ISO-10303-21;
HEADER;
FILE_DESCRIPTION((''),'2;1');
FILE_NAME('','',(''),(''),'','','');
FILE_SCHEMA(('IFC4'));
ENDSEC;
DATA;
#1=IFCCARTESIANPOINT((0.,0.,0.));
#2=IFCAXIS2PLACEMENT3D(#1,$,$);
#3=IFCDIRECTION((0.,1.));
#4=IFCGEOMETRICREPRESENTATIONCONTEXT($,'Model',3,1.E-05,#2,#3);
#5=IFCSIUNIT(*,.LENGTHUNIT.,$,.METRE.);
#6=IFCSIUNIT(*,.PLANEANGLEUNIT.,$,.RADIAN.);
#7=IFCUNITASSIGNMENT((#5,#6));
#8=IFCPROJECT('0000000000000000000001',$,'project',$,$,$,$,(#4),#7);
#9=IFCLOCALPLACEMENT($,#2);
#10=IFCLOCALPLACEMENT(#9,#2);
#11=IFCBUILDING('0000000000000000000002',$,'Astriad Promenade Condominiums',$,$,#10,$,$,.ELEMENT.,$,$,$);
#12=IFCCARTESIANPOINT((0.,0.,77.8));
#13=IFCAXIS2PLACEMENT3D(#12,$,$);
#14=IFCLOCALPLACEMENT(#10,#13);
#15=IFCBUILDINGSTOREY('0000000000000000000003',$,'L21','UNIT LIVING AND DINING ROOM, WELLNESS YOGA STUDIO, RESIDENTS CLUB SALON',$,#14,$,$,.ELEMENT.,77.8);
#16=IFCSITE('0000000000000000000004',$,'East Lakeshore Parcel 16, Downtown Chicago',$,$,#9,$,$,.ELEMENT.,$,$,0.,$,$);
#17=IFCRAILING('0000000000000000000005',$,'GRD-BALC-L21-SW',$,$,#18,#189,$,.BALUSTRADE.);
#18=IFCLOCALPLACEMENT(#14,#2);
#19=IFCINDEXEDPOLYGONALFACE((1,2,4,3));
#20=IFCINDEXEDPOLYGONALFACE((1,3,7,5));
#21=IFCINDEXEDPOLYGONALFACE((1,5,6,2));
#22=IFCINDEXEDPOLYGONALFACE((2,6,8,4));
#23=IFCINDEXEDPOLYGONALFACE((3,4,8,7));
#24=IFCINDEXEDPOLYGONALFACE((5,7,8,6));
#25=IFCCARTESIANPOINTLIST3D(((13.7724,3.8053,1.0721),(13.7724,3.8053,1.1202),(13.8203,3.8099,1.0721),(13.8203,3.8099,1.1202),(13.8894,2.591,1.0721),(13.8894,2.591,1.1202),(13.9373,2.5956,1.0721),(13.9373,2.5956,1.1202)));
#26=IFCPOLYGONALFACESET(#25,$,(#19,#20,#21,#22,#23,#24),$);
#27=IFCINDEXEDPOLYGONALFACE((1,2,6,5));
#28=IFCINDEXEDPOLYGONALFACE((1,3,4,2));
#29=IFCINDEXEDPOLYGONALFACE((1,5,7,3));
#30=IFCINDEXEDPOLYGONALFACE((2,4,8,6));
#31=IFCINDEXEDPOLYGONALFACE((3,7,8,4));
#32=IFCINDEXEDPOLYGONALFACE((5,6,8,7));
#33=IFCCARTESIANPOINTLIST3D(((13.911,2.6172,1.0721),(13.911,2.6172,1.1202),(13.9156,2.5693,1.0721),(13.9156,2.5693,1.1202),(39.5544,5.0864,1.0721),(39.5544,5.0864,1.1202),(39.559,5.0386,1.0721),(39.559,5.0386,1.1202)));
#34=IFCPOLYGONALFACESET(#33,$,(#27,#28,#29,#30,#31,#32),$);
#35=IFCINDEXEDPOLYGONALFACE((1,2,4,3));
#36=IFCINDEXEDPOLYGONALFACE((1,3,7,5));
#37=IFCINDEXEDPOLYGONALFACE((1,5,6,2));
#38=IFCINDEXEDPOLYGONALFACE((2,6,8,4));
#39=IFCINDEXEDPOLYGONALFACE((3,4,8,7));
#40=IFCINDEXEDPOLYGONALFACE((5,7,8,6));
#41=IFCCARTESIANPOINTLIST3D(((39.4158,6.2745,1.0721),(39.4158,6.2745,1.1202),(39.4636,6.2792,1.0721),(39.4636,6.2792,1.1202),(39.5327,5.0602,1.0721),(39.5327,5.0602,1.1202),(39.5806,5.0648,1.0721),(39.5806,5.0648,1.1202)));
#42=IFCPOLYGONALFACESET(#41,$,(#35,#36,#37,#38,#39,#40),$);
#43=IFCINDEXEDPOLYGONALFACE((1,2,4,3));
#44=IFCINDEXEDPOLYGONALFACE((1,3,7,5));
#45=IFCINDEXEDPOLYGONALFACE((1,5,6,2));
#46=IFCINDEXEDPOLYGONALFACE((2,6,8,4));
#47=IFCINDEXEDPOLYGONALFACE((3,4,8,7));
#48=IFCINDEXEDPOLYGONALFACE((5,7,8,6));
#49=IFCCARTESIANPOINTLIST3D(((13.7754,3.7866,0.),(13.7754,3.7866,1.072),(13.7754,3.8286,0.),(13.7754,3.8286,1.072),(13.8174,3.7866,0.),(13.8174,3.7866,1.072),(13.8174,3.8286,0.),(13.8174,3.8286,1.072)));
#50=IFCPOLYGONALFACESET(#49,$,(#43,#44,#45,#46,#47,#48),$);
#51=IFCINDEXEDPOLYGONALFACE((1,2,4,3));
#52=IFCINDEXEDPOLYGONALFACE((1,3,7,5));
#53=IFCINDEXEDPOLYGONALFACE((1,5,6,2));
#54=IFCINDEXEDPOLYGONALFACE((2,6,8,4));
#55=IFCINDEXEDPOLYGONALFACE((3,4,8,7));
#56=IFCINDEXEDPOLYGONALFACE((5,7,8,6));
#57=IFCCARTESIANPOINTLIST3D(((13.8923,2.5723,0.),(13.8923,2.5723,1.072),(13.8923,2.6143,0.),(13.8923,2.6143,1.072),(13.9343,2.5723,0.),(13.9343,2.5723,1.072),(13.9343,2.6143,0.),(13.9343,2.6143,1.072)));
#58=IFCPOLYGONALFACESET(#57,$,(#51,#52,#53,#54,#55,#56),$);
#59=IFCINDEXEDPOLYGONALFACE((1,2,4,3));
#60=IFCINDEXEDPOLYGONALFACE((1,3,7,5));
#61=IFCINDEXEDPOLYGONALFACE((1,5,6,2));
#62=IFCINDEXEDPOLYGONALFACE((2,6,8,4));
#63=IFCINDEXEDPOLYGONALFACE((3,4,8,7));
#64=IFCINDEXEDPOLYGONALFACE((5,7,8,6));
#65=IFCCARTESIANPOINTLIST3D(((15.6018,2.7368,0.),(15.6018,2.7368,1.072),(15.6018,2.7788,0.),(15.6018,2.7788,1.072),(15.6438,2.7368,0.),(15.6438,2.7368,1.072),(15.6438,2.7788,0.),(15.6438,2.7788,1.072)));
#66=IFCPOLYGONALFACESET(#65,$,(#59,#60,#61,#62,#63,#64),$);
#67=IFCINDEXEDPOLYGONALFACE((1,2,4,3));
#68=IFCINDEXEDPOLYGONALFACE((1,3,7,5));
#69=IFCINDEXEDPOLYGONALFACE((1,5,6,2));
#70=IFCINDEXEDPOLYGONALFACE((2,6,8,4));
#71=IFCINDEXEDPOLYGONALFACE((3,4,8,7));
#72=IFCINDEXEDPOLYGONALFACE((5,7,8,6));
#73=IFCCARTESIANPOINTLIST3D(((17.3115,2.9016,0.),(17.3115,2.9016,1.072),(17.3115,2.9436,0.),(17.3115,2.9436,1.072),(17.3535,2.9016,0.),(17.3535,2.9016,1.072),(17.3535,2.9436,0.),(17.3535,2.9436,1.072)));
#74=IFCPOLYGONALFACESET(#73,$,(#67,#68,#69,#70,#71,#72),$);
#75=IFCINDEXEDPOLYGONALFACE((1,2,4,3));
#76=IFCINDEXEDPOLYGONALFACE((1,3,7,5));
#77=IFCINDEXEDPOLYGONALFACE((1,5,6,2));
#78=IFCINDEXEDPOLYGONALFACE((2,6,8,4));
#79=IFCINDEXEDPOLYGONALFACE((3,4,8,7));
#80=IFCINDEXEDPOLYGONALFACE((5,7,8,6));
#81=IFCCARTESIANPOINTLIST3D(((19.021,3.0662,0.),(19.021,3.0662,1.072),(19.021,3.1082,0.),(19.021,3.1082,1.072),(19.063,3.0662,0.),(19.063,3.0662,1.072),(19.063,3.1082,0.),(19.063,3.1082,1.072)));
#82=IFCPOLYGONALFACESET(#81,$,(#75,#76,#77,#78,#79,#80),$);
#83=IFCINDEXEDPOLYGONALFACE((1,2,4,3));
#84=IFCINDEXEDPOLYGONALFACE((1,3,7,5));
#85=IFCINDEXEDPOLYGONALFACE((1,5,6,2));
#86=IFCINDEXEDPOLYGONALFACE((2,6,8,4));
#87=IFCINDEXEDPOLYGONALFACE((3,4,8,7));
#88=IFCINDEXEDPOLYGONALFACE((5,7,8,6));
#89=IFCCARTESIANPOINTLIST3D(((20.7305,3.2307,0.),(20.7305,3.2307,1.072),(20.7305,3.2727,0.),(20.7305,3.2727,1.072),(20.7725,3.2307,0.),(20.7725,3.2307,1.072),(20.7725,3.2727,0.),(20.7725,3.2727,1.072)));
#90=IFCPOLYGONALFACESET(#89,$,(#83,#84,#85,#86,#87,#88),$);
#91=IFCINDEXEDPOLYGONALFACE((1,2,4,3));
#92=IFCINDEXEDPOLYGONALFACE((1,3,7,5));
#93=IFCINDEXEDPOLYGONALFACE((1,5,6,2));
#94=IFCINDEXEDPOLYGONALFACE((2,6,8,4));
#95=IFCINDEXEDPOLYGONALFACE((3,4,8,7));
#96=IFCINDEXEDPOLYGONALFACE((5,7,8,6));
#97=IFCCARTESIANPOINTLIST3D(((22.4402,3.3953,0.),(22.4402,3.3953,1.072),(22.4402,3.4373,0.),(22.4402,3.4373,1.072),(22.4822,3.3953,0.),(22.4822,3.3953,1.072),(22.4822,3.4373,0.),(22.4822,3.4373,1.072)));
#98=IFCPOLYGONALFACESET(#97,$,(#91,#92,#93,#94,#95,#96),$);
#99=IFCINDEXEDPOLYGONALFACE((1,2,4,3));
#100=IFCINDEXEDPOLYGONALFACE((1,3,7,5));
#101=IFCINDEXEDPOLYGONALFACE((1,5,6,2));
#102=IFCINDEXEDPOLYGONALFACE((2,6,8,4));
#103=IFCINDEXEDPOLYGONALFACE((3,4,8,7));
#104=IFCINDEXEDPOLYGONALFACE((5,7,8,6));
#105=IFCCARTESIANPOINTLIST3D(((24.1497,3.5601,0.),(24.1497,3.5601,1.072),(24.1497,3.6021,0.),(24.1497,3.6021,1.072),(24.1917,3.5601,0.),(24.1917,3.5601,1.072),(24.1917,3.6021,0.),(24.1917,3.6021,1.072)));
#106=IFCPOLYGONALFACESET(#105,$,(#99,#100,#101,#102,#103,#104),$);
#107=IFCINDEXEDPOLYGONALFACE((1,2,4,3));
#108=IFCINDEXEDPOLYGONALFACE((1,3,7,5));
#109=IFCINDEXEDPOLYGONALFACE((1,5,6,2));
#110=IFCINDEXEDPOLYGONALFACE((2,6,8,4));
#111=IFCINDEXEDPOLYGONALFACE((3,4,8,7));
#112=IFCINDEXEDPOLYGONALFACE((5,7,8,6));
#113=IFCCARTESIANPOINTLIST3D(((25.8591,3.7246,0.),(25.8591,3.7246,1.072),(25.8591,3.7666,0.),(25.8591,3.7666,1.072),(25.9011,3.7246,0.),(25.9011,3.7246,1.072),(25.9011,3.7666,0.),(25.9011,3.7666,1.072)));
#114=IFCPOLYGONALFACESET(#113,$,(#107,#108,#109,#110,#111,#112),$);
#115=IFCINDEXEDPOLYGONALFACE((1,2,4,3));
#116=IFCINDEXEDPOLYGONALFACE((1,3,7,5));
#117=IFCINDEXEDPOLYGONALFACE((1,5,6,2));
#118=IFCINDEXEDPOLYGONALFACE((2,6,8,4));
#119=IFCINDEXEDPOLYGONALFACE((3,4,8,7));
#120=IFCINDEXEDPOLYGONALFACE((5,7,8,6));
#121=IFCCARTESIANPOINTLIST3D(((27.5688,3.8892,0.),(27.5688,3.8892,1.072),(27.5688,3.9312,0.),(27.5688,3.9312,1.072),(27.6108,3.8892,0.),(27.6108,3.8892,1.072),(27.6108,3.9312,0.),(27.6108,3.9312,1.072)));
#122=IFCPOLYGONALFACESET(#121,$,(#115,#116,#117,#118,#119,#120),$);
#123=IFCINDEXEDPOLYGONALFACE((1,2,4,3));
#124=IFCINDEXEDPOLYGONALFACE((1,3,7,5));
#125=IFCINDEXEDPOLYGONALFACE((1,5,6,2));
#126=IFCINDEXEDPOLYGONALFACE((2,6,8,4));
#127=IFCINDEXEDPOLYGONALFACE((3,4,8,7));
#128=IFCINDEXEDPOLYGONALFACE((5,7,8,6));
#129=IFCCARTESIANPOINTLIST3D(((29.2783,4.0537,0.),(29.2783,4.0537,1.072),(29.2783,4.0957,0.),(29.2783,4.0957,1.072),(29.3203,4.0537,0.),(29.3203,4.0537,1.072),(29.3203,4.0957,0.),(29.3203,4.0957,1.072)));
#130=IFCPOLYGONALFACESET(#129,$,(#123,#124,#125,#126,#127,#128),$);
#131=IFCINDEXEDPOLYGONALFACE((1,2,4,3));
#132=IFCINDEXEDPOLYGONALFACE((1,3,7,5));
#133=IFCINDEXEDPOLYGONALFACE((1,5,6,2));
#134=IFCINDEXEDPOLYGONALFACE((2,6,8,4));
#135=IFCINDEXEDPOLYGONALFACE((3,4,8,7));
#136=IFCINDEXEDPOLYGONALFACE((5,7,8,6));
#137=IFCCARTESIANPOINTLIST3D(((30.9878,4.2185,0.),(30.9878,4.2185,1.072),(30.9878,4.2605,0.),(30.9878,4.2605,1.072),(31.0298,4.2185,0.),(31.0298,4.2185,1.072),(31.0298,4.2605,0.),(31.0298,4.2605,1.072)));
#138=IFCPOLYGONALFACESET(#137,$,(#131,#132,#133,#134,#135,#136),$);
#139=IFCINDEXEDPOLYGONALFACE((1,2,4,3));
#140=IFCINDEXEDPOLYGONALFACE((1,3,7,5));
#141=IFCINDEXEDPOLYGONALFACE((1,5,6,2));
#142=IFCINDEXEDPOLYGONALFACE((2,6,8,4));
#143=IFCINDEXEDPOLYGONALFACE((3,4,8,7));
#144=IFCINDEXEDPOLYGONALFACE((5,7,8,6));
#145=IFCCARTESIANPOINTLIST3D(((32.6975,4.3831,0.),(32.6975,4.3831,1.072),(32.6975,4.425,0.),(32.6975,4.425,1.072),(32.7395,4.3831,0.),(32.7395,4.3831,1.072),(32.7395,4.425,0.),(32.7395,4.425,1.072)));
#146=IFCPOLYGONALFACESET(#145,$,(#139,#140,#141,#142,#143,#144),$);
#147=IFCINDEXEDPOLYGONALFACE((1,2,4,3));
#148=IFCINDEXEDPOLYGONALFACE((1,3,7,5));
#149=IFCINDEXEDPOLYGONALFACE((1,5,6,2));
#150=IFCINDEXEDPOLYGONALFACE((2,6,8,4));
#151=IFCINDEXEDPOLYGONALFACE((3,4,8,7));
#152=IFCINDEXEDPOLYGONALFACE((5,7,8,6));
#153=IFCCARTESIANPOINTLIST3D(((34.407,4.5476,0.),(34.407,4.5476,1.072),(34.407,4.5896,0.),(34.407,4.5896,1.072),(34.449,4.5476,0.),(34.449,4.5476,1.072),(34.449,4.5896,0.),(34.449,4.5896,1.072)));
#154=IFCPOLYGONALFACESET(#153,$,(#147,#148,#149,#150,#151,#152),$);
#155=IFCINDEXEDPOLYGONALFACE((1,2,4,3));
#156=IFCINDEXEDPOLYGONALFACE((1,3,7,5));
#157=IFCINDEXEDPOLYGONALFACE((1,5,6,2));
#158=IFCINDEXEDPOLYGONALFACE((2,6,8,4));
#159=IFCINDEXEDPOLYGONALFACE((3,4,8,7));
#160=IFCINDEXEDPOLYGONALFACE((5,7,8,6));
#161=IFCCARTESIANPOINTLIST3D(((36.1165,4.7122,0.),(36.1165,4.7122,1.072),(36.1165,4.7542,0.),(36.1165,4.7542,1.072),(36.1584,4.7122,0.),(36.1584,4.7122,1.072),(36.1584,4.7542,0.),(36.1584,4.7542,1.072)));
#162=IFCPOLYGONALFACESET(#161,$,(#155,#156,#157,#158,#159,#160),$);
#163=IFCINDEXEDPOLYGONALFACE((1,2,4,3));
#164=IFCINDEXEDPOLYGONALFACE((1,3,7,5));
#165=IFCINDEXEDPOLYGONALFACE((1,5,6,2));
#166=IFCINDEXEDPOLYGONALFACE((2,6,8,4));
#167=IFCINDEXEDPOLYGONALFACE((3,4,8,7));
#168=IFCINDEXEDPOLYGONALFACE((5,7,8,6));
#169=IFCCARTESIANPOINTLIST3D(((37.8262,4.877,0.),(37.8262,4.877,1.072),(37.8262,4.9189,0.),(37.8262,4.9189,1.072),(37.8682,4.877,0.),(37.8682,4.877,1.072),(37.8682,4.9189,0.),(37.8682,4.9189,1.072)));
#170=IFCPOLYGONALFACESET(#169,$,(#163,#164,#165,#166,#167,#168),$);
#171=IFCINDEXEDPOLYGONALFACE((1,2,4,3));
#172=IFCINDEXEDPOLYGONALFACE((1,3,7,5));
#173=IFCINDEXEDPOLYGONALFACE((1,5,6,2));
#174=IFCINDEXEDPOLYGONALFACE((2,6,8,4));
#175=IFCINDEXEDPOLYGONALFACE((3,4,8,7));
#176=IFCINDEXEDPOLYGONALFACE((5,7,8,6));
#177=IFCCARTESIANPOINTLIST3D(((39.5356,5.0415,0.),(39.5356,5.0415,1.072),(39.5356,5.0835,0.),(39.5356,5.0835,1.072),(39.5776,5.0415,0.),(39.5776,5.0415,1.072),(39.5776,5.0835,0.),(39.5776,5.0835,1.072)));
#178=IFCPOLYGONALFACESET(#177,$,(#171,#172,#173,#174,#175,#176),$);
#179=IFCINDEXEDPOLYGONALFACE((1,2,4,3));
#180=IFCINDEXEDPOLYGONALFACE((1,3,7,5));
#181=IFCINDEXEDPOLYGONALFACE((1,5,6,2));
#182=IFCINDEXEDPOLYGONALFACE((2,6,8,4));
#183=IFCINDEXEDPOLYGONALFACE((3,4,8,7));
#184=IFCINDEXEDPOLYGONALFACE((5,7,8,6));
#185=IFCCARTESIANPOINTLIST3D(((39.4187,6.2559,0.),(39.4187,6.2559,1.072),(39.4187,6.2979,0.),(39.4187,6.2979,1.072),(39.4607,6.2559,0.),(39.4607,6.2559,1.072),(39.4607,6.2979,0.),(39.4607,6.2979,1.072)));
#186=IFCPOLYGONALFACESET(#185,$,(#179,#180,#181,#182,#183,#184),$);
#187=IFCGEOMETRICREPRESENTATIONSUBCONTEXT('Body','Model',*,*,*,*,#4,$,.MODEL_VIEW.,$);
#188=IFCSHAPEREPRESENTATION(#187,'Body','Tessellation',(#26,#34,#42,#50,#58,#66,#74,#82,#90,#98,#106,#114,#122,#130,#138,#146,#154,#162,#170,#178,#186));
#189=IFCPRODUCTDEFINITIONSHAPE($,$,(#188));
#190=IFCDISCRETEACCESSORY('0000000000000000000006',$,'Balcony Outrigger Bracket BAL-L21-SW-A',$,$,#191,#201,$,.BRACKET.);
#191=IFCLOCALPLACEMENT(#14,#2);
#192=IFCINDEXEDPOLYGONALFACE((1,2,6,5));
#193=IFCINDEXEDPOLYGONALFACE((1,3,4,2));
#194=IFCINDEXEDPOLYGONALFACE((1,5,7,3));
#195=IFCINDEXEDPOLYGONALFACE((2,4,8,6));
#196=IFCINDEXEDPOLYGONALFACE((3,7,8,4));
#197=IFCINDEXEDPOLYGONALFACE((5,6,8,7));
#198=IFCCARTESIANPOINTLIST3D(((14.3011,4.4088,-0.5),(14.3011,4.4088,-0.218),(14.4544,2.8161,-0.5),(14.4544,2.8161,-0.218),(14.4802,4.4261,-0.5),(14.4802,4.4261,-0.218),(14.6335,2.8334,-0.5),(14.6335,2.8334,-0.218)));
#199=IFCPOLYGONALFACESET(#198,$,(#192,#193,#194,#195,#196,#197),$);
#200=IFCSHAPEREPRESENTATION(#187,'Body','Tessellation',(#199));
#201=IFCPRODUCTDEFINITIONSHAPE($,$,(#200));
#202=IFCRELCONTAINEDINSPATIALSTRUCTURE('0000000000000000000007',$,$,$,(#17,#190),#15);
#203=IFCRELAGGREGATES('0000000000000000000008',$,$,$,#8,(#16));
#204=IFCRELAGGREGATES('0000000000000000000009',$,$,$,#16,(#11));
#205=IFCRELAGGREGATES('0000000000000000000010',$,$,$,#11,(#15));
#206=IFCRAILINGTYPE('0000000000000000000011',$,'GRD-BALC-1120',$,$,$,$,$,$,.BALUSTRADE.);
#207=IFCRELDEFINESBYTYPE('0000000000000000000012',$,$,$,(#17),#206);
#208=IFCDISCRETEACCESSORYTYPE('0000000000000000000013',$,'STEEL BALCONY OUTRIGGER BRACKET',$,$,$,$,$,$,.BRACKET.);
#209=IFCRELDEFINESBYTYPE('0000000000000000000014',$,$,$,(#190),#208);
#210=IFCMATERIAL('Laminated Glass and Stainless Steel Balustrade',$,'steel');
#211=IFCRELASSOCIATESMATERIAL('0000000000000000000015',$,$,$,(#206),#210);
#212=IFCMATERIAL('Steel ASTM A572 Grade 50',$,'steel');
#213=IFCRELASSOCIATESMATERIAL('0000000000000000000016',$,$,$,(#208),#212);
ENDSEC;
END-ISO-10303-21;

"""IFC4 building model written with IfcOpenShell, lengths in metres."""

from ifc_helpers import new_model, si_unit, direction, frame, origin, origin_2d, place, context, subcontext, project, spatial, rectangle, extrude, source, transform, mapped, material, type_object, type_shapes, element, save


model = new_model("IFC4")

# Units and contexts
model_context = context("Model", 3, precision=1e-05, world=origin(), true_north=direction((0.0, 1.0)))
body_context = subcontext(model_context, "Body", "Model", "MODEL_VIEW")
ifc_project = project(units=[si_unit("LENGTHUNIT", "METRE"), si_unit("PLANEANGLEUNIT", "RADIAN")], contexts=[model_context])

# Site, building, storey
site_placement = place(None, origin())
site = spatial("IfcSite", under=ifc_project, at=site_placement, Name="East Lakeshore Parcel 16, Downtown Chicago", CompositionType="ELEMENT", RefElevation=0.0)
building_placement = place(site_placement, origin())
building = spatial("IfcBuilding", under=site, at=building_placement, Name="Astriad Promenade Condominiums", CompositionType="ELEMENT")
storey_placement = place(building_placement, frame((0.0, 0.0, 77.8)))
storey = spatial("IfcBuildingStorey", under=building, at=storey_placement, Name="L21", Description="UNIT LIVING AND DINING ROOM, WELLNESS YOGA STUDIO, RESIDENTS CLUB SALON", CompositionType="ELEMENT", Elevation=77.8)

# Railing
ifc_material_1 = material(Name="Laminated Glass and Stainless Steel Balustrade", Category="steel")
railing_type = type_object("IfcRailingType", Name="GRD-BALC-1120", PredefinedType="BALUSTRADE", material=ifc_material_1)
shared_shape_1 = source(origin(), body_context, "Body", "SweptSolid", [
    extrude(rectangle(XDim=0.0481, YDim=0.0481, at=origin_2d()), frame((0.0, 0.0, 1.0962), z_axis=(0.095857, -0.995395, 0.0), x_axis=(0.995395, 0.095857, 0.0)), (0.0, 0.0, 1.0), 1.22),
    extrude(rectangle(XDim=0.0481, YDim=0.0481, at=origin_2d()), frame((0.1169, -1.2144, 1.0962), z_axis=(0.995396, 0.095848, 0.0), x_axis=(-0.095848, 0.995396, 0.0)), (0.0, 0.0, 1.0), 25.762),
    extrude(rectangle(XDim=0.0481, YDim=0.0481, at=origin_2d()), frame((25.7603, 1.2549, 1.0962), z_axis=(-0.095857, 0.995395, 0.0), x_axis=(-0.995395, -0.095857, 0.0)), (0.0, 0.0, 1.0), 1.22),
    extrude(rectangle(XDim=0.042, YDim=0.042, at=origin_2d()), origin(), (0.0, 0.0, 1.0), 1.072),
    extrude(rectangle(XDim=0.042, YDim=0.042, at=origin_2d()), frame((0.1169, -1.2144, 0.0)), (0.0, 0.0, 1.0), 1.072),
    extrude(rectangle(XDim=0.042, YDim=0.042, at=origin_2d()), frame((1.8264, -1.0498, 0.0)), (0.0, 0.0, 1.0), 1.072),
    extrude(rectangle(XDim=0.042, YDim=0.042, at=origin_2d()), frame((3.5361, -0.885, 0.0)), (0.0, 0.0, 1.0), 1.072),
    extrude(rectangle(XDim=0.042, YDim=0.042, at=origin_2d()), frame((5.2456, -0.7205, 0.0)), (0.0, 0.0, 1.0), 1.072),
    extrude(rectangle(XDim=0.042, YDim=0.042, at=origin_2d()), frame((6.9551, -0.5559, 0.0)), (0.0, 0.0, 1.0), 1.072),
    extrude(rectangle(XDim=0.042, YDim=0.042, at=origin_2d()), frame((8.6648, -0.3914, 0.0)), (0.0, 0.0, 1.0), 1.072),
    extrude(rectangle(XDim=0.042, YDim=0.042, at=origin_2d()), frame((10.3743, -0.2266, 0.0)), (0.0, 0.0, 1.0), 1.072),
    extrude(rectangle(XDim=0.042, YDim=0.042, at=origin_2d()), frame((12.0837, -0.062, 0.0)), (0.0, 0.0, 1.0), 1.072),
    extrude(rectangle(XDim=0.042, YDim=0.042, at=origin_2d()), frame((13.7935, 0.1025, 0.0)), (0.0, 0.0, 1.0), 1.072),
    extrude(rectangle(XDim=0.042, YDim=0.042, at=origin_2d()), frame((15.5029, 0.2671, 0.0)), (0.0, 0.0, 1.0), 1.072),
    extrude(rectangle(XDim=0.042, YDim=0.042, at=origin_2d()), frame((17.2124, 0.4319, 0.0)), (0.0, 0.0, 1.0), 1.072),
    extrude(rectangle(XDim=0.042, YDim=0.042, at=origin_2d()), frame((18.9221, 0.5964, 0.0)), (0.0, 0.0, 1.0), 1.072),
    extrude(rectangle(XDim=0.042, YDim=0.042, at=origin_2d()), frame((20.6316, 0.761, 0.0)), (0.0, 0.0, 1.0), 1.072),
    extrude(rectangle(XDim=0.042, YDim=0.042, at=origin_2d()), frame((22.3411, 0.9255, 0.0)), (0.0, 0.0, 1.0), 1.072),
    extrude(rectangle(XDim=0.042, YDim=0.042, at=origin_2d()), frame((24.0508, 1.0903, 0.0)), (0.0, 0.0, 1.0), 1.072),
    extrude(rectangle(XDim=0.042, YDim=0.042, at=origin_2d()), frame((25.7603, 1.2549, 0.0)), (0.0, 0.0, 1.0), 1.072),
    extrude(rectangle(XDim=0.042, YDim=0.042, at=origin_2d()), frame((25.6433, 2.4692, 0.0)), (0.0, 0.0, 1.0), 1.072),
])
type_shapes(railing_type, [shared_shape_1])
railing_placement = place(storey_placement, frame((13.7964, 3.8076, 0.0)))
element("IfcRailing", 1, at=railing_placement, inside=storey, type_object=railing_type, Name="GRD-BALC-L21-SW", PredefinedType="BALUSTRADE", context=body_context, shape_type="MappedRepresentation", body=[
    mapped(shared_shape_1, transform((0.0, 0.0, 0.0), scale=1.0)),
])

# Discrete accessory
ifc_material_2 = material(Name="Steel ASTM A572 Grade 50", Category="steel")
discrete_accessory_type = type_object("IfcDiscreteAccessoryType", Name="STEEL BALCONY OUTRIGGER BRACKET", PredefinedType="BRACKET", material=ifc_material_2)
shared_shape_2 = source(origin(), body_context, "Body", "SweptSolid", [
    extrude(rectangle(XDim=1.6001, YDim=0.1799, at=origin_2d()), origin(), (0.0, 0.0, 1.0), 0.282),
])
type_shapes(discrete_accessory_type, [shared_shape_2])
discrete_accessory_placement = place(storey_placement, frame((14.4673, 3.6211, -0.5), z_axis=(0.0, 0.0, 1.0), x_axis=(0.095846, -0.995396, 0.0)))
element("IfcDiscreteAccessory", 2, at=discrete_accessory_placement, inside=storey, type_object=discrete_accessory_type, Name="Balcony Outrigger Bracket BAL-L21-SW-A", PredefinedType="BRACKET", context=body_context, shape_type="MappedRepresentation", body=[
    mapped(shared_shape_2, transform((0.0, 0.0, 0.0), scale=1.0)),
])

save(model, "model.ifc")
